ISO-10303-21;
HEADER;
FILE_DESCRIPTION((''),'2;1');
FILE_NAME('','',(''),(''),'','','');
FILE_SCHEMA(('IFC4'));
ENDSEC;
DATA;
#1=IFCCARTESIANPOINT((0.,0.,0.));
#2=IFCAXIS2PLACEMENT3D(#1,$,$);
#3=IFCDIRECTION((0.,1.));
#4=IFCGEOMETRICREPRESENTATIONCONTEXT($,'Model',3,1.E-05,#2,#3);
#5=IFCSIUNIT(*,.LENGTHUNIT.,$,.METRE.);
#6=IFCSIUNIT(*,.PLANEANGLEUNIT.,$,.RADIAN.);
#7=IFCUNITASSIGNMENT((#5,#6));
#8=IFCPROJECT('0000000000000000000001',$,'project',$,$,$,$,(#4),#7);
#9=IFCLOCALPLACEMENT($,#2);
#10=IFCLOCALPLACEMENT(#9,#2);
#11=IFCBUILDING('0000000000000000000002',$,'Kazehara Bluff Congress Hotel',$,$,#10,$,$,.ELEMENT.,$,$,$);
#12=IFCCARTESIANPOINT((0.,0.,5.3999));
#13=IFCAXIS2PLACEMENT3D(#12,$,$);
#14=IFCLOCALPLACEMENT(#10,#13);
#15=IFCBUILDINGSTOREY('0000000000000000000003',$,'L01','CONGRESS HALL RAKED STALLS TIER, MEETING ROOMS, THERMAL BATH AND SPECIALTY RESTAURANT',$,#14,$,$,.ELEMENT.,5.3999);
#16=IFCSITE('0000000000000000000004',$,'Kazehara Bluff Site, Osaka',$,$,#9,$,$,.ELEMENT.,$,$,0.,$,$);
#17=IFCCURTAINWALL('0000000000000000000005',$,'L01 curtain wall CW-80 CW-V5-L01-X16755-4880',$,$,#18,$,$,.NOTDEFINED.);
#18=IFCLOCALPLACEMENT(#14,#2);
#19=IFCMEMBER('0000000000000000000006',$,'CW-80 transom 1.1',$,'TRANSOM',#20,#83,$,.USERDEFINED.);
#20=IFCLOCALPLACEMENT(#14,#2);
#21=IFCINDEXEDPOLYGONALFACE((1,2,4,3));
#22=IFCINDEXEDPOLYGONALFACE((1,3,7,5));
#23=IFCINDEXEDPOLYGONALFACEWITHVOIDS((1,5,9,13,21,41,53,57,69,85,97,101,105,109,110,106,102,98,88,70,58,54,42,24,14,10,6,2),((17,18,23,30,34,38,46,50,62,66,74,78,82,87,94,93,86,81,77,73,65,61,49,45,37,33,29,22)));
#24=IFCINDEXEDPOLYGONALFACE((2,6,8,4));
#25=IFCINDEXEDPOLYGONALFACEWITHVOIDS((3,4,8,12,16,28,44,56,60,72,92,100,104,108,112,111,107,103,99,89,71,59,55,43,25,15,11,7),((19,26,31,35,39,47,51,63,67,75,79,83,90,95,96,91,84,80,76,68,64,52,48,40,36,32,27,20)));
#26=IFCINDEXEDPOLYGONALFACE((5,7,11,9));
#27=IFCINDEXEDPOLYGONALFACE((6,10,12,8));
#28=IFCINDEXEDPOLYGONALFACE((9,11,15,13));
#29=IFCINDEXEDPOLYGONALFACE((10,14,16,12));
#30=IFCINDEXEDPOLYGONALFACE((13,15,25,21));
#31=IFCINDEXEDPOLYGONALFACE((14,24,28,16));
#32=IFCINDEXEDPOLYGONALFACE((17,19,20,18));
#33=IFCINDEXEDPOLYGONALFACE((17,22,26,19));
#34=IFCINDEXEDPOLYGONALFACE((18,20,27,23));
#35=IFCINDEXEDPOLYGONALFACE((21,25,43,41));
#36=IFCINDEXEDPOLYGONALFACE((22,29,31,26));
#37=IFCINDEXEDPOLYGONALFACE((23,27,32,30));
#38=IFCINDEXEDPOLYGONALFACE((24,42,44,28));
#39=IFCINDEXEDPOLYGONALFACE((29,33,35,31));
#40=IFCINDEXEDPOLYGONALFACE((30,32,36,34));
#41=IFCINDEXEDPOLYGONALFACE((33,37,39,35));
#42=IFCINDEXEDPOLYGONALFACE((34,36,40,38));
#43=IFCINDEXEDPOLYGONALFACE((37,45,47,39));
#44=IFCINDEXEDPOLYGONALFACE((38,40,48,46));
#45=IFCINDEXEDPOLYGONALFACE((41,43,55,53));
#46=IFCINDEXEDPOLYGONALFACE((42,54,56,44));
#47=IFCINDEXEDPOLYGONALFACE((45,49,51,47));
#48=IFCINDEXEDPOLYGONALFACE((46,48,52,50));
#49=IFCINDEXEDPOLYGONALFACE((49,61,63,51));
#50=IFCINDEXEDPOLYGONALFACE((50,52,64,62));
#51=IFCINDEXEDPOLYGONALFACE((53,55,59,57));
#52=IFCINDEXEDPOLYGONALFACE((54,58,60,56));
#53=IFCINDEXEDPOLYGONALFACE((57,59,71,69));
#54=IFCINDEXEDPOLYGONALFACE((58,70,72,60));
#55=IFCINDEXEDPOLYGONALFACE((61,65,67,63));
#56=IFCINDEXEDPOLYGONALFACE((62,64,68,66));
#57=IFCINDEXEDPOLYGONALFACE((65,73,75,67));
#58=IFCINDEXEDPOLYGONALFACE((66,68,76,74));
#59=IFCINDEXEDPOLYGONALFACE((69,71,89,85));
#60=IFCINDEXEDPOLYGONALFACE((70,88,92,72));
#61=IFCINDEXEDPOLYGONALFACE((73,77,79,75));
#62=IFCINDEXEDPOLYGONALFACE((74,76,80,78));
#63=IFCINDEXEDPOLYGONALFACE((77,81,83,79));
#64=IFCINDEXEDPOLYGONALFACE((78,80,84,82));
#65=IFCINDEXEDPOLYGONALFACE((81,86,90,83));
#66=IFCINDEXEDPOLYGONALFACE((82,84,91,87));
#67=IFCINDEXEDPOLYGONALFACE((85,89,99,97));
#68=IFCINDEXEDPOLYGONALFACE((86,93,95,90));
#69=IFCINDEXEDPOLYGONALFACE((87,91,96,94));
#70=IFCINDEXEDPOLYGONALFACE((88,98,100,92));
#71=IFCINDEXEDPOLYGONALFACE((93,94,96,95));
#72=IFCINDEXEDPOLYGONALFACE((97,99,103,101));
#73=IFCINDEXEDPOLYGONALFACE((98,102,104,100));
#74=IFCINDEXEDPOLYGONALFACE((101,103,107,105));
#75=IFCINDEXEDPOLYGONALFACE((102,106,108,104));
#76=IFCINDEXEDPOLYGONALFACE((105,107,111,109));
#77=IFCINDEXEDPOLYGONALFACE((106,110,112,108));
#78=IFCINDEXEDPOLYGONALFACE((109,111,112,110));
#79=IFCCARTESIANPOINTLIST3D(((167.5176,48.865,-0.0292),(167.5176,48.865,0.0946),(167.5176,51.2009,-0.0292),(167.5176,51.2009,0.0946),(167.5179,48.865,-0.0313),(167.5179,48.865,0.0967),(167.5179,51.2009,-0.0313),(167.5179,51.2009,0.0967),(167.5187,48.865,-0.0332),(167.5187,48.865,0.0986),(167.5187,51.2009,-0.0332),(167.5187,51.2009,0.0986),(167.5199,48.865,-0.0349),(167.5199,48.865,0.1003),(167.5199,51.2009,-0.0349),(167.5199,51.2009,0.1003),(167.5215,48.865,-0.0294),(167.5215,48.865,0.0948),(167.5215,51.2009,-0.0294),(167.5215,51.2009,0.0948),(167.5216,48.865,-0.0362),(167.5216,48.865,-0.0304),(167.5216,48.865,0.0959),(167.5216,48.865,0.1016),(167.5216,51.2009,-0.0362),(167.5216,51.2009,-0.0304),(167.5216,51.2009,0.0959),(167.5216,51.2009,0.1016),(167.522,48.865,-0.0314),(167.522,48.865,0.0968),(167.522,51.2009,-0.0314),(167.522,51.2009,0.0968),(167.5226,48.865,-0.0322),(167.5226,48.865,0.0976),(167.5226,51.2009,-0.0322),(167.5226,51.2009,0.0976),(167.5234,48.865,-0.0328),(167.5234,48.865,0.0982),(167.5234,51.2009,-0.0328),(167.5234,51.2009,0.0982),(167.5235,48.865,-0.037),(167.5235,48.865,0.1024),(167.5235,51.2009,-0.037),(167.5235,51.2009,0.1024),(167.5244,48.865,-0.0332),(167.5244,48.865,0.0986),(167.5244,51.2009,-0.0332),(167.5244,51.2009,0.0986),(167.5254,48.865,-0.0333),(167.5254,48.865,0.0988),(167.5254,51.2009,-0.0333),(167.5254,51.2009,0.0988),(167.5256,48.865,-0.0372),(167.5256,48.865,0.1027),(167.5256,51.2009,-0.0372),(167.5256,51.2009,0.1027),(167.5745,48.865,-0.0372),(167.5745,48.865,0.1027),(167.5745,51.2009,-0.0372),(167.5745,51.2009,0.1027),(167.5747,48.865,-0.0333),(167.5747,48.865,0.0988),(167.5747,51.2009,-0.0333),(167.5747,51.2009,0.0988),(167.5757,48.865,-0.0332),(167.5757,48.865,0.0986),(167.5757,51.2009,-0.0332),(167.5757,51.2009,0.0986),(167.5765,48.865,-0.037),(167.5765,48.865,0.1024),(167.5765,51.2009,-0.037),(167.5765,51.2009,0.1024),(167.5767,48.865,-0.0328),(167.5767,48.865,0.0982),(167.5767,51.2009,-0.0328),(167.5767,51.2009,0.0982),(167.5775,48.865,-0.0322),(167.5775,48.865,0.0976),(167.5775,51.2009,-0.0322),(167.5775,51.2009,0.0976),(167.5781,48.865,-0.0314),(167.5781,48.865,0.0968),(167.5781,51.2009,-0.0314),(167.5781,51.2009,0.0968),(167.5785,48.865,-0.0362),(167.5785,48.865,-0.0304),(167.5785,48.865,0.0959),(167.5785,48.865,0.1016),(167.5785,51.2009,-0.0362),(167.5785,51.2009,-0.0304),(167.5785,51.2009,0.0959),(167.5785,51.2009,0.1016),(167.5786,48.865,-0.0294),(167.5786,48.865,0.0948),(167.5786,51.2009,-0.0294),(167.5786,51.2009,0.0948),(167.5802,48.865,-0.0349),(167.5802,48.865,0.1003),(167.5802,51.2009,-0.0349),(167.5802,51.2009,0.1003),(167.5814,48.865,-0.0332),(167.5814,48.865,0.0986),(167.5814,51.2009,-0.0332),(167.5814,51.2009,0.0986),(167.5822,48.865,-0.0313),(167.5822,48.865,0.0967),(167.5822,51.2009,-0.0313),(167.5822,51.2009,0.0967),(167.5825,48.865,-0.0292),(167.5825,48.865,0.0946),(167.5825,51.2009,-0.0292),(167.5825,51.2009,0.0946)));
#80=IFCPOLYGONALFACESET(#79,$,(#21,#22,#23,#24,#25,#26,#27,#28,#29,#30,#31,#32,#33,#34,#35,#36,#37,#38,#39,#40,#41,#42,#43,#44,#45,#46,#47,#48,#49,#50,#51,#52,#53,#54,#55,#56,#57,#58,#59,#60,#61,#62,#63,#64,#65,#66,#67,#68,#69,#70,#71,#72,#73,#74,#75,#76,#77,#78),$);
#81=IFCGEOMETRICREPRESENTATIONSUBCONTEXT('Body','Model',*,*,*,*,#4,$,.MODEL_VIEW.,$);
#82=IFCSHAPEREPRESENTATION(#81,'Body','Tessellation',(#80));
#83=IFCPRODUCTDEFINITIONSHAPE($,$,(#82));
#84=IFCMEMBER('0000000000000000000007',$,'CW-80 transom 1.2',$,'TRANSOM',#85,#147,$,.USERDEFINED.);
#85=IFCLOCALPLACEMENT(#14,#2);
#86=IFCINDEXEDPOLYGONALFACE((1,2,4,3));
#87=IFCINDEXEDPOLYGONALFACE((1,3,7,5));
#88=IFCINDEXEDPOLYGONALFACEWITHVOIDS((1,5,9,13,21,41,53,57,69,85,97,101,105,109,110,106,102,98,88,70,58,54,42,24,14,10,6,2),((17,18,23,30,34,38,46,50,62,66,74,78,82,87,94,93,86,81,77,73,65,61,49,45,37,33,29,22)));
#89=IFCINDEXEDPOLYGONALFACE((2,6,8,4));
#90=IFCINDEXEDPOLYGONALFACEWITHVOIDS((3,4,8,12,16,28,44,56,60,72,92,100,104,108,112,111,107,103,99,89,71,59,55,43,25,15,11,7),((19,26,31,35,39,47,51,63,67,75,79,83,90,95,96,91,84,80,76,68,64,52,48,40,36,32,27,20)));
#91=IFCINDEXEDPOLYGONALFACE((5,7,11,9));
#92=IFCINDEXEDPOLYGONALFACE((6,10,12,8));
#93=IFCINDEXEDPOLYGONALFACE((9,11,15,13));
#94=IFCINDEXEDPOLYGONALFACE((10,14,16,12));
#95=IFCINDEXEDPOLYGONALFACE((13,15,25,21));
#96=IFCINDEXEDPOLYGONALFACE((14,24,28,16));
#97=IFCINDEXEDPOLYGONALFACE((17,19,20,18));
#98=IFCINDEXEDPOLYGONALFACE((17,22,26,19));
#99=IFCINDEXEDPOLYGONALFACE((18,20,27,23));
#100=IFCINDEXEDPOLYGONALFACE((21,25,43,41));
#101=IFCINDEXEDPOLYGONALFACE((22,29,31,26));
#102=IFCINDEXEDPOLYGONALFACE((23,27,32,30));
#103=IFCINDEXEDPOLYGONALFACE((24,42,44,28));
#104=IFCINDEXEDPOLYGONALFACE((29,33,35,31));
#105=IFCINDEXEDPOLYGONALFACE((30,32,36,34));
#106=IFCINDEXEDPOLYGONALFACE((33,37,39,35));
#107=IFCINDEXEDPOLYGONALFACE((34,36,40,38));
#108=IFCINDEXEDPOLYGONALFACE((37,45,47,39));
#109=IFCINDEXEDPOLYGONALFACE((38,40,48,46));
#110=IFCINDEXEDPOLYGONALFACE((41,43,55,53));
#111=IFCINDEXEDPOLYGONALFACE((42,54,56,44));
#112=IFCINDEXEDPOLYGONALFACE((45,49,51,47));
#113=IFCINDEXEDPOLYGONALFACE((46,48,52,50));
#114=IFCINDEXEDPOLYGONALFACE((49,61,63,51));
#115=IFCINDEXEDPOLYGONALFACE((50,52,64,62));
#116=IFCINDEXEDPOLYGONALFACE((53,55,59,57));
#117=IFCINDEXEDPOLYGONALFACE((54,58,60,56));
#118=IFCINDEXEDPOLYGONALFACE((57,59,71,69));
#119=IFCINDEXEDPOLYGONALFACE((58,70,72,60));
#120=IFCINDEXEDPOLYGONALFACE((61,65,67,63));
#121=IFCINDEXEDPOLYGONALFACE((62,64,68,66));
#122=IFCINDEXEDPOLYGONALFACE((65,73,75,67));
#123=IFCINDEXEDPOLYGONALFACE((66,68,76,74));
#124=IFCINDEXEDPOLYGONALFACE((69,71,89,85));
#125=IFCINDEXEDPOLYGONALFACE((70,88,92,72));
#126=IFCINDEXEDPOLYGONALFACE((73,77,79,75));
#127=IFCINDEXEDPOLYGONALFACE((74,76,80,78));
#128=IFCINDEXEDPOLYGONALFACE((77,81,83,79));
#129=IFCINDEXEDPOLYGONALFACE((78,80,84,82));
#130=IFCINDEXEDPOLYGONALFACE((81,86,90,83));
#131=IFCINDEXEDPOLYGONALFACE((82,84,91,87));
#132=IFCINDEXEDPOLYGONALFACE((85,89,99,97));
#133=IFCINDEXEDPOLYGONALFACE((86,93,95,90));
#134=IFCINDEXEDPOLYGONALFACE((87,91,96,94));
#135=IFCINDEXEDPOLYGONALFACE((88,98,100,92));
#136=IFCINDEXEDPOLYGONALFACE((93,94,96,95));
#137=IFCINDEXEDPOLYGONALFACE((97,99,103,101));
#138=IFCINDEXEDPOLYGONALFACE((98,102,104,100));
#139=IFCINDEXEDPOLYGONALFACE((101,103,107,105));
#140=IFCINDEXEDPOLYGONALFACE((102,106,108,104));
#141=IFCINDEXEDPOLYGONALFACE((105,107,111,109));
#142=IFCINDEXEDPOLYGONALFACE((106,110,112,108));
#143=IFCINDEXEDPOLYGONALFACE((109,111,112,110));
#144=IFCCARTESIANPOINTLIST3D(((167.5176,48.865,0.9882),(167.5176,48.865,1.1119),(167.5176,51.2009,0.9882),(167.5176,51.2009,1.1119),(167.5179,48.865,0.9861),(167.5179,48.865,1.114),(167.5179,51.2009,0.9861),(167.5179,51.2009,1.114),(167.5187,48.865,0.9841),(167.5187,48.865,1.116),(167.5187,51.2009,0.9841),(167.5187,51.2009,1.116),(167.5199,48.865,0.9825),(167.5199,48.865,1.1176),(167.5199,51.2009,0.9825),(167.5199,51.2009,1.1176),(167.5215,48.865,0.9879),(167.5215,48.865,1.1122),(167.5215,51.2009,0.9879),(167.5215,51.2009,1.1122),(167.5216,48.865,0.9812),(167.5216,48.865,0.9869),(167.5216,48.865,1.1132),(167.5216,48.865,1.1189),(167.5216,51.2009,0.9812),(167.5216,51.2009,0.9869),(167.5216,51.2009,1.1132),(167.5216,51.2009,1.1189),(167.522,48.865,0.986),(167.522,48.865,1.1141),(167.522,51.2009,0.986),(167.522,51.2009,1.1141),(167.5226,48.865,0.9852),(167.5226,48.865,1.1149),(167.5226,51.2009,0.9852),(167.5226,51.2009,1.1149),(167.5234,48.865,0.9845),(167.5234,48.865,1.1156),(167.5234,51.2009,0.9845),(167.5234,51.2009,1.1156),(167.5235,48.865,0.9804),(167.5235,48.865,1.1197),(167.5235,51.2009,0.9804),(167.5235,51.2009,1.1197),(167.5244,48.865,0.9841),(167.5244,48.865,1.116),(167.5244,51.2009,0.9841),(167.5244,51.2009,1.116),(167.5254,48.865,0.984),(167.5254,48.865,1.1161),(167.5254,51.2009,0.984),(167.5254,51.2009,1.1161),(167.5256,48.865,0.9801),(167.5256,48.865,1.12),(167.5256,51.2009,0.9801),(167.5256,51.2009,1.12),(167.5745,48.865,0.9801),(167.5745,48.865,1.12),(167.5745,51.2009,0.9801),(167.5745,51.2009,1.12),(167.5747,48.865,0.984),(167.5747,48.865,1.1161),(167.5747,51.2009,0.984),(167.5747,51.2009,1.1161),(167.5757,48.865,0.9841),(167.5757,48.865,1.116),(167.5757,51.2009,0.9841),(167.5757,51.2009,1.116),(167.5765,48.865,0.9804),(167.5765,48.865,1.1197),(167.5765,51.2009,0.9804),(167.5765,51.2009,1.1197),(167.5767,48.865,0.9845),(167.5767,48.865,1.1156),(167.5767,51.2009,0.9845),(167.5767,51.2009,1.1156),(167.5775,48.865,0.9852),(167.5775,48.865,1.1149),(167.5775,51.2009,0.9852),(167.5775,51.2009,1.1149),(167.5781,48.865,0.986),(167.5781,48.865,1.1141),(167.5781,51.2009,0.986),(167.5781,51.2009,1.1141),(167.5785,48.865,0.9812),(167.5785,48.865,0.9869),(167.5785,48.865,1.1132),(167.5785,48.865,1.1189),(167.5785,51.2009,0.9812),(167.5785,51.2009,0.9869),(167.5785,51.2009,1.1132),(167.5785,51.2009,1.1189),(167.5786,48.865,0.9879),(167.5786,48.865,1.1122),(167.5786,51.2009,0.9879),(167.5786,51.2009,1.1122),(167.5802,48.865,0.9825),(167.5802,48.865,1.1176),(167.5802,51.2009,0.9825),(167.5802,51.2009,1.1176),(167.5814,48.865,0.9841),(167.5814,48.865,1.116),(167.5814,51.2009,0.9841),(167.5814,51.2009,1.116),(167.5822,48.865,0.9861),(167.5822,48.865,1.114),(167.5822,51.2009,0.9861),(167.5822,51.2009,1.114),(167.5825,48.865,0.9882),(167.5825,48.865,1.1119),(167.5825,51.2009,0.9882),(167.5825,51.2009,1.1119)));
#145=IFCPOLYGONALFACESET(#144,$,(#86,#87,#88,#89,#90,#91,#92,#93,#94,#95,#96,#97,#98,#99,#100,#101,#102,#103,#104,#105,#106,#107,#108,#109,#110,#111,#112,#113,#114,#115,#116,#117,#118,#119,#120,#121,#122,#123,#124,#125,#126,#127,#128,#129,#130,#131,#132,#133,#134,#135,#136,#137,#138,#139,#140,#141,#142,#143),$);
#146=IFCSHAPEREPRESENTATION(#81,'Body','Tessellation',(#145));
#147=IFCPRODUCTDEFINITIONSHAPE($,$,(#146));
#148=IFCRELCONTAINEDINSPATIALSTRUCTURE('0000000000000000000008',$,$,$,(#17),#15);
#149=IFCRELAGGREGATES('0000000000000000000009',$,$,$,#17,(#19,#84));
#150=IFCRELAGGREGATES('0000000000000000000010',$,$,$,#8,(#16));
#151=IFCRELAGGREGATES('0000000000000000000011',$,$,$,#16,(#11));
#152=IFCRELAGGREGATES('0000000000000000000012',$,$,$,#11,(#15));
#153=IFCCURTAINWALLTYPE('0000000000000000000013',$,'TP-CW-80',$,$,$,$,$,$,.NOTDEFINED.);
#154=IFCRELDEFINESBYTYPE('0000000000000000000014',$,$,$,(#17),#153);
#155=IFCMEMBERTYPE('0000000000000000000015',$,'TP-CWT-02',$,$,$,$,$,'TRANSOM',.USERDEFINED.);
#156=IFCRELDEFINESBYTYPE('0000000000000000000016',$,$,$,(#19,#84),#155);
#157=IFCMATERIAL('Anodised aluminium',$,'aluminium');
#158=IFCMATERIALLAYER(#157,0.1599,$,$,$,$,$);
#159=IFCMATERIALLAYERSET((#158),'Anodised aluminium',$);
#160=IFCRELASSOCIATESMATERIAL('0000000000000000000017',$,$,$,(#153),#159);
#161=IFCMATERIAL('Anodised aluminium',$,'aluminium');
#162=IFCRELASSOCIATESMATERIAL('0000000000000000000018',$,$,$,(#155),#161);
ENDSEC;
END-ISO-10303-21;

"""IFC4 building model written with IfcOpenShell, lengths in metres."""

from ifc_helpers import new_model, si_unit, direction, frame, origin, origin_2d, place, context, subcontext, project, spatial, hollow_rectangle, extrude, material, layer, layer_set, material_profile, profile_set, type_object, element, aggregate, save


model = new_model("IFC4")

# Units and contexts
model_context = context("Model", 3, precision=1e-05, world=origin(), true_north=direction((0.0, 1.0)))
body_context = subcontext(model_context, "Body", "Model", "MODEL_VIEW")
ifc_project = project(units=[si_unit("LENGTHUNIT", "METRE"), si_unit("PLANEANGLEUNIT", "RADIAN")], contexts=[model_context])

# Site, building, storey
site_placement = place(None, origin())
site = spatial("IfcSite", under=ifc_project, at=site_placement, Name="Kazehara Bluff Site, Osaka", CompositionType="ELEMENT", RefElevation=0.0)
building_placement = place(site_placement, origin())
building = spatial("IfcBuilding", under=site, at=building_placement, Name="Kazehara Bluff Congress Hotel", CompositionType="ELEMENT")
storey_placement = place(building_placement, frame((0.0, 0.0, 5.3999)))
storey = spatial("IfcBuildingStorey", under=building, at=storey_placement, Name="L01", Description="CONGRESS HALL RAKED STALLS TIER, MEETING ROOMS, THERMAL BATH AND SPECIALTY RESTAURANT", CompositionType="ELEMENT", Elevation=5.3999)

# Curtain wall
ifc_material_1 = material(Name="Anodised aluminium", Category="aluminium")
ifc_layer_1 = layer(ifc_material_1, 0.1599)
ifc_layer_set_1 = layer_set([ifc_layer_1], Name="Anodised aluminium")
curtain_wall_type_1 = type_object("IfcCurtainWallType", Name="TP-CW-80", PredefinedType="NOTDEFINED", material=ifc_layer_set_1)
curtain_wall_1_placement = place(storey_placement, origin())
curtain_wall_1 = element("IfcCurtainWall", 1, at=curtain_wall_1_placement, inside=storey, type_object=curtain_wall_type_1, Name="L01 curtain wall CW-80 CW-V5-L01-X16755-4880", PredefinedType="NOTDEFINED")

# Members
ifc_material_2 = material(Name="Anodised aluminium", Category="aluminium")
ifc_material_profile_1 = material_profile(ifc_material_2, hollow_rectangle(XDim=0.0649, YDim=0.1399, WallThickness=0.0039, InnerFilletRadius=0.0039, OuterFilletRadius=0.0081, at=origin_2d()))
ifc_profile_set_1 = profile_set([ifc_material_profile_1], Name="Anodised aluminium")
member_type_1 = type_object("IfcMemberType", Name="TP-CWT-02", ElementType="TRANSOM", PredefinedType="USERDEFINED", material=ifc_profile_set_1)
member_1_placement = place(storey_placement, frame((167.55, 48.865, 0.0327), z_axis=(0.0, 1.0, 0.0), x_axis=(-1.0, 0.0, 0.0)))
member_1 = element("IfcMember", 2, at=member_1_placement, type_object=member_type_1, Name="CW-80 transom 1.1", ObjectType="TRANSOM", PredefinedType="USERDEFINED", context=body_context, shape_type="SweptSolid", body=[
    extrude(hollow_rectangle(XDim=0.0649, YDim=0.1399, WallThickness=0.0039, InnerFilletRadius=0.0039, OuterFilletRadius=0.0081, at=origin_2d()), origin(), (0.0, 0.0, 1.0), 2.3359),
])
member_2_placement = place(storey_placement, frame((167.55, 48.865, 1.05), z_axis=(0.0, 1.0, 0.0), x_axis=(-1.0, 0.0, 0.0)))
member_2 = element("IfcMember", 3, at=member_2_placement, type_object=member_type_1, Name="CW-80 transom 1.2", ObjectType="TRANSOM", PredefinedType="USERDEFINED", context=body_context, shape_type="SweptSolid", body=[
    extrude(hollow_rectangle(XDim=0.0649, YDim=0.1399, WallThickness=0.0039, InnerFilletRadius=0.0039, OuterFilletRadius=0.0081, at=origin_2d()), origin(), (0.0, 0.0, 1.0), 2.3359),
])

aggregate(curtain_wall_1, [member_1, member_2])

save(model, "model.ifc")
